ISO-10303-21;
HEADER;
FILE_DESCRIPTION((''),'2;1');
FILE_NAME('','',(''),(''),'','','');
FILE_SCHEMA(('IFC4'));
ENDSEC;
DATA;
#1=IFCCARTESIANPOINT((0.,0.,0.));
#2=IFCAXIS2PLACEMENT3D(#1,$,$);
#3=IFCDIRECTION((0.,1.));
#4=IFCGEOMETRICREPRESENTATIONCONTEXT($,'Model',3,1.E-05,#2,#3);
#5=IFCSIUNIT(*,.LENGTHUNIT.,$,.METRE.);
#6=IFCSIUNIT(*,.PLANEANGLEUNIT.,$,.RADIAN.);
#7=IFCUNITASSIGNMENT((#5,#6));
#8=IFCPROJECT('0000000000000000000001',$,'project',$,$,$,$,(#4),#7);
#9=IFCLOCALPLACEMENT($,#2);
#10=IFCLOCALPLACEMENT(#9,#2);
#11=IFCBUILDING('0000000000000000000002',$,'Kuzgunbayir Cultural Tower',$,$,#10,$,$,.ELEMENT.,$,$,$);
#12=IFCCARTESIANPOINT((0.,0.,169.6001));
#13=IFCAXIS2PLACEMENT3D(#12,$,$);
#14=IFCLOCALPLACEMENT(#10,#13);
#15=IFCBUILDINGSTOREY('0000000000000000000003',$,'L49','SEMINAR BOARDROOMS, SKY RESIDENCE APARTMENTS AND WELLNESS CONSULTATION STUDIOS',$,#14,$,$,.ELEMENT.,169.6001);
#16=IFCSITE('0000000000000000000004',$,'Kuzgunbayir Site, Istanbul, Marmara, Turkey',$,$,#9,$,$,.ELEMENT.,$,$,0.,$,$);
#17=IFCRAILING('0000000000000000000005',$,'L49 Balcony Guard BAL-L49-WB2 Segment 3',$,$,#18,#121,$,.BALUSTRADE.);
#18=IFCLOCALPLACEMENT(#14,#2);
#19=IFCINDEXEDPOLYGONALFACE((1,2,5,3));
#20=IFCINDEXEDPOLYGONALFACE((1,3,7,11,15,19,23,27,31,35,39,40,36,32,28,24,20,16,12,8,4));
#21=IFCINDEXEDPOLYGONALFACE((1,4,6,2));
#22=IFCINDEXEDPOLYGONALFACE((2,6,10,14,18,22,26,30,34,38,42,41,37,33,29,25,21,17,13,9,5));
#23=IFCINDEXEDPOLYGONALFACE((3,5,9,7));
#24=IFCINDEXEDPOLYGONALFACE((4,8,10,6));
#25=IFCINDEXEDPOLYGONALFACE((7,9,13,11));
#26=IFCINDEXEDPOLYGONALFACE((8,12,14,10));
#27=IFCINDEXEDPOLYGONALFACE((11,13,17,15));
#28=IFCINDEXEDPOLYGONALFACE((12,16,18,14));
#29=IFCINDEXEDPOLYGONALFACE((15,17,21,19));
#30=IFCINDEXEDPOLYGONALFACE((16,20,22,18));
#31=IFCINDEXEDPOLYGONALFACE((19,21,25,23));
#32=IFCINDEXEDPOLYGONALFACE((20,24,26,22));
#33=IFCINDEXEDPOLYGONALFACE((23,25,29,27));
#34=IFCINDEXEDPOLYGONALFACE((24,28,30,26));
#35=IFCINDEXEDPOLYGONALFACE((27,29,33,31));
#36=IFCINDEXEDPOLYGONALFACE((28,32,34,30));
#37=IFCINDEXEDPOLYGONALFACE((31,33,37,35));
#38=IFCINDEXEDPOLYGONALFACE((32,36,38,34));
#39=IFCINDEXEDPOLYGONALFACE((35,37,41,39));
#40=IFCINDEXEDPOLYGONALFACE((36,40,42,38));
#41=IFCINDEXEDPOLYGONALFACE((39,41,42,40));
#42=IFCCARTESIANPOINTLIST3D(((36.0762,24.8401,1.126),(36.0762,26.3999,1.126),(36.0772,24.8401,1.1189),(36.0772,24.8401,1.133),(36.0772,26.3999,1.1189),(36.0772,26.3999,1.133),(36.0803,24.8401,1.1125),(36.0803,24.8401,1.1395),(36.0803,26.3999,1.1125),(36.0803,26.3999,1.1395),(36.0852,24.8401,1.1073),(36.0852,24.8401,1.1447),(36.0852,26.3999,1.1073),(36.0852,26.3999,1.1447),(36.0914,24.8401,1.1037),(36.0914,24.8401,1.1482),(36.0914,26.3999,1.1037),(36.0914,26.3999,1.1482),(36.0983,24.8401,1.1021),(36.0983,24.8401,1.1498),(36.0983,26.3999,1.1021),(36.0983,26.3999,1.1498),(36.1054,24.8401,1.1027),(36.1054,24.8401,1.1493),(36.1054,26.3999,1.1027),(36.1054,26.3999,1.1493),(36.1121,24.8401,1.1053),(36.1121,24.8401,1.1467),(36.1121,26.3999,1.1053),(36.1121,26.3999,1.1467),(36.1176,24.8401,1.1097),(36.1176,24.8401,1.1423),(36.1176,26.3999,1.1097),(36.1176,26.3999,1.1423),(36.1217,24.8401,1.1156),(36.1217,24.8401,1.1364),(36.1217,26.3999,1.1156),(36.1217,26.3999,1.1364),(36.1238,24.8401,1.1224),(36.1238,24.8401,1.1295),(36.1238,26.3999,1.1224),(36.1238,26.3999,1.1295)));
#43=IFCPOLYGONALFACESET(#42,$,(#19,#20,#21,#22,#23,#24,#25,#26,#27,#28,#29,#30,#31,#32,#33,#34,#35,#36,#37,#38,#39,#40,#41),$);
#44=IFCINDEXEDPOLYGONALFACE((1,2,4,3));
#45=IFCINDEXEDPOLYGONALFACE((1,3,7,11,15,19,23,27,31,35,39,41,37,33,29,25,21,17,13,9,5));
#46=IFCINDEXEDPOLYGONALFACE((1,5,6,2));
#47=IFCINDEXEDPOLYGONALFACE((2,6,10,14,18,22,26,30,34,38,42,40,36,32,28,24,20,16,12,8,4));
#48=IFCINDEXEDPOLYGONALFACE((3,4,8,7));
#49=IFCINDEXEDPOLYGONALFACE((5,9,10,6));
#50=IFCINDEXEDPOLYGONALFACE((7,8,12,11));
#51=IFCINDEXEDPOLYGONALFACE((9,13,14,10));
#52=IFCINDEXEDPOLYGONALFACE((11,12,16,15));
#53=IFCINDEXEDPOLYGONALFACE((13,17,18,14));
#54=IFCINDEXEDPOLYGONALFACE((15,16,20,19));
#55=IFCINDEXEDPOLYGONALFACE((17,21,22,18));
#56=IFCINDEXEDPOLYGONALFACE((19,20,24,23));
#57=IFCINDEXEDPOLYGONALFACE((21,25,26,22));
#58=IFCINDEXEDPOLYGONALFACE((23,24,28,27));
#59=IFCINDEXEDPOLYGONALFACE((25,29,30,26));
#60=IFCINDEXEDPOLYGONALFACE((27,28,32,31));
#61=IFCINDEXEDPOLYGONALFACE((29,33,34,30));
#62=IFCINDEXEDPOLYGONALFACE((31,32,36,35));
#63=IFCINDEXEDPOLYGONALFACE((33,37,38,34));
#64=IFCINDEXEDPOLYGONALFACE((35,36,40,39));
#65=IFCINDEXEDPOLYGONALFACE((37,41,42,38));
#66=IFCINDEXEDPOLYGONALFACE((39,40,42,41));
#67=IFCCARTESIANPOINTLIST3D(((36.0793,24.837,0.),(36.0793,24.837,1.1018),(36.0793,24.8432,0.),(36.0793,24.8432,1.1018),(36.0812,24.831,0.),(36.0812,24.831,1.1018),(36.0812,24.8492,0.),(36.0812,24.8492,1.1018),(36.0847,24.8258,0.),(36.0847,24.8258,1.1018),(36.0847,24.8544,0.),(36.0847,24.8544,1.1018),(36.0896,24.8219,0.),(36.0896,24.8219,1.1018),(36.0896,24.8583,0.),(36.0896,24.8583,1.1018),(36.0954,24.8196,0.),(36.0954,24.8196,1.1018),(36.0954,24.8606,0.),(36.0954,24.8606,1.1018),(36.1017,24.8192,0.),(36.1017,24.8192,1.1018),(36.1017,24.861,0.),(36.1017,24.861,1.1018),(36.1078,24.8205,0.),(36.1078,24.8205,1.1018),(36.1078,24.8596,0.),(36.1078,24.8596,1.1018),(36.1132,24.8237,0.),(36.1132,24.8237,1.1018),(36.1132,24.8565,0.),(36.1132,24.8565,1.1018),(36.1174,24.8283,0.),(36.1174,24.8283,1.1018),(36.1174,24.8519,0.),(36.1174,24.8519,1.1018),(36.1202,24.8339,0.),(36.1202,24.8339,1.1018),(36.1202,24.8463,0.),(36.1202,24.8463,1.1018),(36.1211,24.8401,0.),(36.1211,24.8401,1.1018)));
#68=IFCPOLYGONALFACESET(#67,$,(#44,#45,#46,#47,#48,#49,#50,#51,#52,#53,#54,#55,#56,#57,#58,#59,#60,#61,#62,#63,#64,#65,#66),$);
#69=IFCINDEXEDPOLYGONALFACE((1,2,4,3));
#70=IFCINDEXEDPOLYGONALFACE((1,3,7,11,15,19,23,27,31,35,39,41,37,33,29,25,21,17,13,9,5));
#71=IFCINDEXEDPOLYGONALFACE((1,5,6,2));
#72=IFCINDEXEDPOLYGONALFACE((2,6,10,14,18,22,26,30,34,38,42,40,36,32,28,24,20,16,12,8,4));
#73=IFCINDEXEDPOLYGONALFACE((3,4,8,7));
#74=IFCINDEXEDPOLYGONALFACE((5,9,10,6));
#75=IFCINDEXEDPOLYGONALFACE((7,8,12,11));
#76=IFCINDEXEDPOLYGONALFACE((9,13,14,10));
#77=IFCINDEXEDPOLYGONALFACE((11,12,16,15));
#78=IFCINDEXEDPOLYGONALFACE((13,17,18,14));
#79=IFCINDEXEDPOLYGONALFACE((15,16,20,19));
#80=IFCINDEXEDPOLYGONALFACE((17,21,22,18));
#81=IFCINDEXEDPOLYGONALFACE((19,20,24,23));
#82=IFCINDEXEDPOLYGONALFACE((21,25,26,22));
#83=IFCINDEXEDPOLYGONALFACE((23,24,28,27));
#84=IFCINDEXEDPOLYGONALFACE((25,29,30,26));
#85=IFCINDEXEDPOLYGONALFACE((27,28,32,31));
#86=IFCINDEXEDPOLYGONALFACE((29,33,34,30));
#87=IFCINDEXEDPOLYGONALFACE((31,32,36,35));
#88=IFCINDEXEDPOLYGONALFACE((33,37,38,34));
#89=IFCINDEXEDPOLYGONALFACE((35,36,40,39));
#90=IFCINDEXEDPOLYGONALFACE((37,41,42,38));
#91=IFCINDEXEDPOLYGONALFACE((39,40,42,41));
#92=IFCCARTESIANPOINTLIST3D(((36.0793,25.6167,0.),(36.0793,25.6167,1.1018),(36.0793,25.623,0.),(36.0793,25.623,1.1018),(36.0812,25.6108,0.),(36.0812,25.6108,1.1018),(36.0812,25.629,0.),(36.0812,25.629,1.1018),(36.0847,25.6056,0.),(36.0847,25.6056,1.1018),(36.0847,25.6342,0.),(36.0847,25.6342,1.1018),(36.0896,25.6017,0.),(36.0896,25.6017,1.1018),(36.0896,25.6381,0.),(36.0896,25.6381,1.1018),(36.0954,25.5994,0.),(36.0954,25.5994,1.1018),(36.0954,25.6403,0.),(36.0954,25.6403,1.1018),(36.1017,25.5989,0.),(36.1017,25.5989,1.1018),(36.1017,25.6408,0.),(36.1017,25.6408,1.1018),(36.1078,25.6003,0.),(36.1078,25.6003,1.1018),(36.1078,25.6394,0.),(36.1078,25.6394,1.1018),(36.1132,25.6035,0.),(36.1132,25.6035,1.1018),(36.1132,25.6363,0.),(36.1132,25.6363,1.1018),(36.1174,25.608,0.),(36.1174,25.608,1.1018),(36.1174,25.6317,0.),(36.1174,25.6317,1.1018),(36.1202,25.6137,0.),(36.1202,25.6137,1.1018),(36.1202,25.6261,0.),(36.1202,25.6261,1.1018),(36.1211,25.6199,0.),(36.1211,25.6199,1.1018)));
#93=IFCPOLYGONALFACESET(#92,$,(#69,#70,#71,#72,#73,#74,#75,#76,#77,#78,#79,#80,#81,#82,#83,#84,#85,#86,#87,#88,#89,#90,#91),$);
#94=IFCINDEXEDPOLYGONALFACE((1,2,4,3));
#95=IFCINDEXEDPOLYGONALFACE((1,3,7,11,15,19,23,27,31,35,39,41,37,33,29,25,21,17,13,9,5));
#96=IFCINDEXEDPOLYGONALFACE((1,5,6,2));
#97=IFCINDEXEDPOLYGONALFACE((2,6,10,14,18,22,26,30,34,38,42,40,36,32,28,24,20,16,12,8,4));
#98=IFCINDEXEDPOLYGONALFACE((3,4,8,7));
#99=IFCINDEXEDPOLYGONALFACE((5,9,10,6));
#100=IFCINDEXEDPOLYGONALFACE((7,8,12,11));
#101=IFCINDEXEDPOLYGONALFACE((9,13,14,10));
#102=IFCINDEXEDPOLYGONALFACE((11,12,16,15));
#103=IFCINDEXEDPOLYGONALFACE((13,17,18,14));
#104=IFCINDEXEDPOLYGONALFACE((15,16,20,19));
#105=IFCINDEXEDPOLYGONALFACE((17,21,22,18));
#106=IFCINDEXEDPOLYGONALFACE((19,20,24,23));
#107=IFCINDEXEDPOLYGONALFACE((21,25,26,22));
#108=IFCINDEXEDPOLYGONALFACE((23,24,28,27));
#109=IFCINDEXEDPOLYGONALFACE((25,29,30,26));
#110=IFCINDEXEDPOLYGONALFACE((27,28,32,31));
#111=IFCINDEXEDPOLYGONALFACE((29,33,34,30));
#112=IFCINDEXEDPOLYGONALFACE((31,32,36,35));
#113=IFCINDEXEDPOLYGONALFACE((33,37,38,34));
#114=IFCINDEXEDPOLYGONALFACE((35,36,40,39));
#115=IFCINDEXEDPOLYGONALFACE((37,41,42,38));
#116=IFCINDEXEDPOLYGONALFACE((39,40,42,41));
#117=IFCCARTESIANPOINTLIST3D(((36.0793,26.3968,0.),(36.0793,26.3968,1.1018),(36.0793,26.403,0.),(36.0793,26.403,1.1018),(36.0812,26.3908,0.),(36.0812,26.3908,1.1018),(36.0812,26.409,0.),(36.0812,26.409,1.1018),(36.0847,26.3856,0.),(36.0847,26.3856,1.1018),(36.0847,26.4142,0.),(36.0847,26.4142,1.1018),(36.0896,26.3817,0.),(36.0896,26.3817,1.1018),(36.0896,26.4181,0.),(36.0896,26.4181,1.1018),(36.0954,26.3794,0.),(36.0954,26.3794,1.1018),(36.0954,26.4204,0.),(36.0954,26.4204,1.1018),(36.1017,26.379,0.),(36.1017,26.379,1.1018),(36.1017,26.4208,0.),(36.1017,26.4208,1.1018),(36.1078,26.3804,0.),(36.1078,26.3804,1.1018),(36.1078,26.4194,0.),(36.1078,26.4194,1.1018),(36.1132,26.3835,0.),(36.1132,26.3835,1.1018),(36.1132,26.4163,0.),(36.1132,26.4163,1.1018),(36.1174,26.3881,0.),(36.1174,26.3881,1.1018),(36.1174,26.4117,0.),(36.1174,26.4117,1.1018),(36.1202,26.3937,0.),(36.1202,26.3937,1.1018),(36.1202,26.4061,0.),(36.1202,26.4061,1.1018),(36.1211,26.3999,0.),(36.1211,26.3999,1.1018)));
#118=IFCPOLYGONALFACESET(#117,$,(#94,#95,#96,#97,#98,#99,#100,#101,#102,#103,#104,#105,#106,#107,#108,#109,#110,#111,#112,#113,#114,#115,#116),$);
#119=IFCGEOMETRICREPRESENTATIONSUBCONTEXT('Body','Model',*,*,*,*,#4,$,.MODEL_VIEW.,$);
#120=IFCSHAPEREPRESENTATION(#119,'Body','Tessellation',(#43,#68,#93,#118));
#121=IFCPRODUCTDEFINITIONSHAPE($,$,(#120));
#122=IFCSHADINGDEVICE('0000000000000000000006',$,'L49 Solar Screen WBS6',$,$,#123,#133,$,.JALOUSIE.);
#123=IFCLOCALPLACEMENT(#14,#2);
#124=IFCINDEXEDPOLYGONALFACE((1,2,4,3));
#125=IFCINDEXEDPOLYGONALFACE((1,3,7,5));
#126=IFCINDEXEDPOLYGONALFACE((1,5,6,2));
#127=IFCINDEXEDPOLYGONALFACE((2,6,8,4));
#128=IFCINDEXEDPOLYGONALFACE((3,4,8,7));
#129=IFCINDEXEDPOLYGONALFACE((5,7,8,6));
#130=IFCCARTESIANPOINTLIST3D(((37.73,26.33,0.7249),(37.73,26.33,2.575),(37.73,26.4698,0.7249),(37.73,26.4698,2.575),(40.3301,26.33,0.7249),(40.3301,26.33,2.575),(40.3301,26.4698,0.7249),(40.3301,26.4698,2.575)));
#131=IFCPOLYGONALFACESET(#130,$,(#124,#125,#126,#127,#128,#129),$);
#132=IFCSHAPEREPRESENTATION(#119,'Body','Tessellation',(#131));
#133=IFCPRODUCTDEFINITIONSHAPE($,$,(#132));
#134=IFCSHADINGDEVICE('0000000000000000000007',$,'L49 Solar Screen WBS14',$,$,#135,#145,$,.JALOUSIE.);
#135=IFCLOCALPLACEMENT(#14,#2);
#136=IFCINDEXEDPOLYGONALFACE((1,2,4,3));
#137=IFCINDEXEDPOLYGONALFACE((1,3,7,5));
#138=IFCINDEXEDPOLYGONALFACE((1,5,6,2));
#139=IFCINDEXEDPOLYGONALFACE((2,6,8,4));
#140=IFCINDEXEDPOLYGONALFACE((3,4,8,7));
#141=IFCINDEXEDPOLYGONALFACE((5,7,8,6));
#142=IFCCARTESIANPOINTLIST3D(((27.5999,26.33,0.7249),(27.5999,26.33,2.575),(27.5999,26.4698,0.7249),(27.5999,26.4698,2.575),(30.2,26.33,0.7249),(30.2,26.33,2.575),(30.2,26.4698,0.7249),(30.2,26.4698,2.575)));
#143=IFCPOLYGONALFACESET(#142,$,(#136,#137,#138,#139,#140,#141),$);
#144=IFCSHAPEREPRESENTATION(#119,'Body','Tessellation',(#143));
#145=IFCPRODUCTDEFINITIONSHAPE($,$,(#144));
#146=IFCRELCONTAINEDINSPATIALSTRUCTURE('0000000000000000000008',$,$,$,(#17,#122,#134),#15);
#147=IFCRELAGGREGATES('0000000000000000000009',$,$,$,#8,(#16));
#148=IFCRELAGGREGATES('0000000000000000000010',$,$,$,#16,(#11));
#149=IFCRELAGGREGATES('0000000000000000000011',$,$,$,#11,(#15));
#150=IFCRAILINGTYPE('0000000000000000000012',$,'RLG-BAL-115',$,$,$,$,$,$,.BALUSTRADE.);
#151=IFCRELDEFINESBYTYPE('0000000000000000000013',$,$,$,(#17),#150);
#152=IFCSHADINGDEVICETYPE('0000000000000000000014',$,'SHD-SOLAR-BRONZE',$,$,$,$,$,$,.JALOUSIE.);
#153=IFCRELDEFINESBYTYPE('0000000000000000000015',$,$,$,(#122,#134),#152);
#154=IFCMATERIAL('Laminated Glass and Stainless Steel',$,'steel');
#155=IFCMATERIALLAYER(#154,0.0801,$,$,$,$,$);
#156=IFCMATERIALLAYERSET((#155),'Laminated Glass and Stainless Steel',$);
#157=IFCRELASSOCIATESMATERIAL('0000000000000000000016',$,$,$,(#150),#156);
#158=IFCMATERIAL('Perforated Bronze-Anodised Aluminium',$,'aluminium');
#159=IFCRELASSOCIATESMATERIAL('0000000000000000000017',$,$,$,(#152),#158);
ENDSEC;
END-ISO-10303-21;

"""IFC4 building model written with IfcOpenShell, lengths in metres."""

from ifc_helpers import new_model, si_unit, direction, frame, origin, origin_2d, place, context, subcontext, project, spatial, rectangle, circle, extrude, material, layer, layer_set, type_object, element, save


model = new_model("IFC4")

# Units and contexts
model_context = context("Model", 3, precision=1e-05, world=origin(), true_north=direction((0.0, 1.0)))
body_context = subcontext(model_context, "Body", "Model", "MODEL_VIEW")
ifc_project = project(units=[si_unit("LENGTHUNIT", "METRE"), si_unit("PLANEANGLEUNIT", "RADIAN")], contexts=[model_context])

# Site, building, storey
site_placement = place(None, origin())
site = spatial("IfcSite", under=ifc_project, at=site_placement, Name="Kuzgunbayir Site, Istanbul, Marmara, Turkey", CompositionType="ELEMENT", RefElevation=0.0)
building_placement = place(site_placement, origin())
building = spatial("IfcBuilding", under=site, at=building_placement, Name="Kuzgunbayir Cultural Tower", CompositionType="ELEMENT")
storey_placement = place(building_placement, frame((0.0, 0.0, 169.6001)))
storey = spatial("IfcBuildingStorey", under=building, at=storey_placement, Name="L49", Description="SEMINAR BOARDROOMS, SKY RESIDENCE APARTMENTS AND WELLNESS CONSULTATION STUDIOS", CompositionType="ELEMENT", Elevation=169.6001)

# Railing
ifc_material_1 = material(Name="Laminated Glass and Stainless Steel", Category="steel")
ifc_layer_1 = layer(ifc_material_1, 0.0801)
ifc_layer_set_1 = layer_set([ifc_layer_1], Name="Laminated Glass and Stainless Steel")
railing_type = type_object("IfcRailingType", Name="RLG-BAL-115", PredefinedType="BALUSTRADE", material=ifc_layer_set_1)
railing_1_placement = place(storey_placement, frame((36.1001, 24.8401, 0.0)))
element("IfcRailing", 1, at=railing_1_placement, inside=storey, type_object=railing_type, Name="L49 Balcony Guard BAL-L49-WB2 Segment 3", PredefinedType="BALUSTRADE", context=body_context, shape_type="SweptSolid", body=[
    extrude(circle(Radius=0.0239, at=origin_2d()), frame((0.0, 0.0, 1.126), z_axis=(0.0, 1.0, 0.0), x_axis=(-1.0, 0.0, 0.0)), (0.0, 0.0, 1.0), 1.5598),
    extrude(circle(Radius=0.021, at=origin_2d()), origin(), (0.0, 0.0, 1.0), 1.1018),
    extrude(circle(Radius=0.021, at=origin_2d()), frame((0.0, 0.7798, 0.0)), (0.0, 0.0, 1.0), 1.1018),
    extrude(circle(Radius=0.021, at=origin_2d()), frame((0.0, 1.5598, 0.0)), (0.0, 0.0, 1.0), 1.1018),
])

# Shading devices
ifc_material_2 = material(Name="Perforated Bronze-Anodised Aluminium", Category="aluminium")
shading_device_type = type_object("IfcShadingDeviceType", Name="SHD-SOLAR-BRONZE", PredefinedType="JALOUSIE", material=ifc_material_2)
for number, where, z_axis, x_axis, name in (
    (2, (39.03, 26.3999, 0.7249), (0.0, 0.0, 1.0), (1.0, 0.0, 0.0), "L49 Solar Screen WBS6"),
    (3, (28.8999, 26.3999, 0.7249), (0.0, 0.0, 1.0), (1.0, 0.0, 0.0), "L49 Solar Screen WBS14"),
):
    element("IfcShadingDevice", number, at=place(storey_placement, frame(where, z_axis=z_axis, x_axis=x_axis)), inside=storey, type_object=shading_device_type, Name=name, PredefinedType="JALOUSIE", context=body_context, shape_type="SweptSolid", body=[
        extrude(rectangle(XDim=2.6001, YDim=0.1399, at=origin_2d()), origin(), (0.0, 0.0, 1.0), 1.8501),
    ])

save(model, "model.ifc")
